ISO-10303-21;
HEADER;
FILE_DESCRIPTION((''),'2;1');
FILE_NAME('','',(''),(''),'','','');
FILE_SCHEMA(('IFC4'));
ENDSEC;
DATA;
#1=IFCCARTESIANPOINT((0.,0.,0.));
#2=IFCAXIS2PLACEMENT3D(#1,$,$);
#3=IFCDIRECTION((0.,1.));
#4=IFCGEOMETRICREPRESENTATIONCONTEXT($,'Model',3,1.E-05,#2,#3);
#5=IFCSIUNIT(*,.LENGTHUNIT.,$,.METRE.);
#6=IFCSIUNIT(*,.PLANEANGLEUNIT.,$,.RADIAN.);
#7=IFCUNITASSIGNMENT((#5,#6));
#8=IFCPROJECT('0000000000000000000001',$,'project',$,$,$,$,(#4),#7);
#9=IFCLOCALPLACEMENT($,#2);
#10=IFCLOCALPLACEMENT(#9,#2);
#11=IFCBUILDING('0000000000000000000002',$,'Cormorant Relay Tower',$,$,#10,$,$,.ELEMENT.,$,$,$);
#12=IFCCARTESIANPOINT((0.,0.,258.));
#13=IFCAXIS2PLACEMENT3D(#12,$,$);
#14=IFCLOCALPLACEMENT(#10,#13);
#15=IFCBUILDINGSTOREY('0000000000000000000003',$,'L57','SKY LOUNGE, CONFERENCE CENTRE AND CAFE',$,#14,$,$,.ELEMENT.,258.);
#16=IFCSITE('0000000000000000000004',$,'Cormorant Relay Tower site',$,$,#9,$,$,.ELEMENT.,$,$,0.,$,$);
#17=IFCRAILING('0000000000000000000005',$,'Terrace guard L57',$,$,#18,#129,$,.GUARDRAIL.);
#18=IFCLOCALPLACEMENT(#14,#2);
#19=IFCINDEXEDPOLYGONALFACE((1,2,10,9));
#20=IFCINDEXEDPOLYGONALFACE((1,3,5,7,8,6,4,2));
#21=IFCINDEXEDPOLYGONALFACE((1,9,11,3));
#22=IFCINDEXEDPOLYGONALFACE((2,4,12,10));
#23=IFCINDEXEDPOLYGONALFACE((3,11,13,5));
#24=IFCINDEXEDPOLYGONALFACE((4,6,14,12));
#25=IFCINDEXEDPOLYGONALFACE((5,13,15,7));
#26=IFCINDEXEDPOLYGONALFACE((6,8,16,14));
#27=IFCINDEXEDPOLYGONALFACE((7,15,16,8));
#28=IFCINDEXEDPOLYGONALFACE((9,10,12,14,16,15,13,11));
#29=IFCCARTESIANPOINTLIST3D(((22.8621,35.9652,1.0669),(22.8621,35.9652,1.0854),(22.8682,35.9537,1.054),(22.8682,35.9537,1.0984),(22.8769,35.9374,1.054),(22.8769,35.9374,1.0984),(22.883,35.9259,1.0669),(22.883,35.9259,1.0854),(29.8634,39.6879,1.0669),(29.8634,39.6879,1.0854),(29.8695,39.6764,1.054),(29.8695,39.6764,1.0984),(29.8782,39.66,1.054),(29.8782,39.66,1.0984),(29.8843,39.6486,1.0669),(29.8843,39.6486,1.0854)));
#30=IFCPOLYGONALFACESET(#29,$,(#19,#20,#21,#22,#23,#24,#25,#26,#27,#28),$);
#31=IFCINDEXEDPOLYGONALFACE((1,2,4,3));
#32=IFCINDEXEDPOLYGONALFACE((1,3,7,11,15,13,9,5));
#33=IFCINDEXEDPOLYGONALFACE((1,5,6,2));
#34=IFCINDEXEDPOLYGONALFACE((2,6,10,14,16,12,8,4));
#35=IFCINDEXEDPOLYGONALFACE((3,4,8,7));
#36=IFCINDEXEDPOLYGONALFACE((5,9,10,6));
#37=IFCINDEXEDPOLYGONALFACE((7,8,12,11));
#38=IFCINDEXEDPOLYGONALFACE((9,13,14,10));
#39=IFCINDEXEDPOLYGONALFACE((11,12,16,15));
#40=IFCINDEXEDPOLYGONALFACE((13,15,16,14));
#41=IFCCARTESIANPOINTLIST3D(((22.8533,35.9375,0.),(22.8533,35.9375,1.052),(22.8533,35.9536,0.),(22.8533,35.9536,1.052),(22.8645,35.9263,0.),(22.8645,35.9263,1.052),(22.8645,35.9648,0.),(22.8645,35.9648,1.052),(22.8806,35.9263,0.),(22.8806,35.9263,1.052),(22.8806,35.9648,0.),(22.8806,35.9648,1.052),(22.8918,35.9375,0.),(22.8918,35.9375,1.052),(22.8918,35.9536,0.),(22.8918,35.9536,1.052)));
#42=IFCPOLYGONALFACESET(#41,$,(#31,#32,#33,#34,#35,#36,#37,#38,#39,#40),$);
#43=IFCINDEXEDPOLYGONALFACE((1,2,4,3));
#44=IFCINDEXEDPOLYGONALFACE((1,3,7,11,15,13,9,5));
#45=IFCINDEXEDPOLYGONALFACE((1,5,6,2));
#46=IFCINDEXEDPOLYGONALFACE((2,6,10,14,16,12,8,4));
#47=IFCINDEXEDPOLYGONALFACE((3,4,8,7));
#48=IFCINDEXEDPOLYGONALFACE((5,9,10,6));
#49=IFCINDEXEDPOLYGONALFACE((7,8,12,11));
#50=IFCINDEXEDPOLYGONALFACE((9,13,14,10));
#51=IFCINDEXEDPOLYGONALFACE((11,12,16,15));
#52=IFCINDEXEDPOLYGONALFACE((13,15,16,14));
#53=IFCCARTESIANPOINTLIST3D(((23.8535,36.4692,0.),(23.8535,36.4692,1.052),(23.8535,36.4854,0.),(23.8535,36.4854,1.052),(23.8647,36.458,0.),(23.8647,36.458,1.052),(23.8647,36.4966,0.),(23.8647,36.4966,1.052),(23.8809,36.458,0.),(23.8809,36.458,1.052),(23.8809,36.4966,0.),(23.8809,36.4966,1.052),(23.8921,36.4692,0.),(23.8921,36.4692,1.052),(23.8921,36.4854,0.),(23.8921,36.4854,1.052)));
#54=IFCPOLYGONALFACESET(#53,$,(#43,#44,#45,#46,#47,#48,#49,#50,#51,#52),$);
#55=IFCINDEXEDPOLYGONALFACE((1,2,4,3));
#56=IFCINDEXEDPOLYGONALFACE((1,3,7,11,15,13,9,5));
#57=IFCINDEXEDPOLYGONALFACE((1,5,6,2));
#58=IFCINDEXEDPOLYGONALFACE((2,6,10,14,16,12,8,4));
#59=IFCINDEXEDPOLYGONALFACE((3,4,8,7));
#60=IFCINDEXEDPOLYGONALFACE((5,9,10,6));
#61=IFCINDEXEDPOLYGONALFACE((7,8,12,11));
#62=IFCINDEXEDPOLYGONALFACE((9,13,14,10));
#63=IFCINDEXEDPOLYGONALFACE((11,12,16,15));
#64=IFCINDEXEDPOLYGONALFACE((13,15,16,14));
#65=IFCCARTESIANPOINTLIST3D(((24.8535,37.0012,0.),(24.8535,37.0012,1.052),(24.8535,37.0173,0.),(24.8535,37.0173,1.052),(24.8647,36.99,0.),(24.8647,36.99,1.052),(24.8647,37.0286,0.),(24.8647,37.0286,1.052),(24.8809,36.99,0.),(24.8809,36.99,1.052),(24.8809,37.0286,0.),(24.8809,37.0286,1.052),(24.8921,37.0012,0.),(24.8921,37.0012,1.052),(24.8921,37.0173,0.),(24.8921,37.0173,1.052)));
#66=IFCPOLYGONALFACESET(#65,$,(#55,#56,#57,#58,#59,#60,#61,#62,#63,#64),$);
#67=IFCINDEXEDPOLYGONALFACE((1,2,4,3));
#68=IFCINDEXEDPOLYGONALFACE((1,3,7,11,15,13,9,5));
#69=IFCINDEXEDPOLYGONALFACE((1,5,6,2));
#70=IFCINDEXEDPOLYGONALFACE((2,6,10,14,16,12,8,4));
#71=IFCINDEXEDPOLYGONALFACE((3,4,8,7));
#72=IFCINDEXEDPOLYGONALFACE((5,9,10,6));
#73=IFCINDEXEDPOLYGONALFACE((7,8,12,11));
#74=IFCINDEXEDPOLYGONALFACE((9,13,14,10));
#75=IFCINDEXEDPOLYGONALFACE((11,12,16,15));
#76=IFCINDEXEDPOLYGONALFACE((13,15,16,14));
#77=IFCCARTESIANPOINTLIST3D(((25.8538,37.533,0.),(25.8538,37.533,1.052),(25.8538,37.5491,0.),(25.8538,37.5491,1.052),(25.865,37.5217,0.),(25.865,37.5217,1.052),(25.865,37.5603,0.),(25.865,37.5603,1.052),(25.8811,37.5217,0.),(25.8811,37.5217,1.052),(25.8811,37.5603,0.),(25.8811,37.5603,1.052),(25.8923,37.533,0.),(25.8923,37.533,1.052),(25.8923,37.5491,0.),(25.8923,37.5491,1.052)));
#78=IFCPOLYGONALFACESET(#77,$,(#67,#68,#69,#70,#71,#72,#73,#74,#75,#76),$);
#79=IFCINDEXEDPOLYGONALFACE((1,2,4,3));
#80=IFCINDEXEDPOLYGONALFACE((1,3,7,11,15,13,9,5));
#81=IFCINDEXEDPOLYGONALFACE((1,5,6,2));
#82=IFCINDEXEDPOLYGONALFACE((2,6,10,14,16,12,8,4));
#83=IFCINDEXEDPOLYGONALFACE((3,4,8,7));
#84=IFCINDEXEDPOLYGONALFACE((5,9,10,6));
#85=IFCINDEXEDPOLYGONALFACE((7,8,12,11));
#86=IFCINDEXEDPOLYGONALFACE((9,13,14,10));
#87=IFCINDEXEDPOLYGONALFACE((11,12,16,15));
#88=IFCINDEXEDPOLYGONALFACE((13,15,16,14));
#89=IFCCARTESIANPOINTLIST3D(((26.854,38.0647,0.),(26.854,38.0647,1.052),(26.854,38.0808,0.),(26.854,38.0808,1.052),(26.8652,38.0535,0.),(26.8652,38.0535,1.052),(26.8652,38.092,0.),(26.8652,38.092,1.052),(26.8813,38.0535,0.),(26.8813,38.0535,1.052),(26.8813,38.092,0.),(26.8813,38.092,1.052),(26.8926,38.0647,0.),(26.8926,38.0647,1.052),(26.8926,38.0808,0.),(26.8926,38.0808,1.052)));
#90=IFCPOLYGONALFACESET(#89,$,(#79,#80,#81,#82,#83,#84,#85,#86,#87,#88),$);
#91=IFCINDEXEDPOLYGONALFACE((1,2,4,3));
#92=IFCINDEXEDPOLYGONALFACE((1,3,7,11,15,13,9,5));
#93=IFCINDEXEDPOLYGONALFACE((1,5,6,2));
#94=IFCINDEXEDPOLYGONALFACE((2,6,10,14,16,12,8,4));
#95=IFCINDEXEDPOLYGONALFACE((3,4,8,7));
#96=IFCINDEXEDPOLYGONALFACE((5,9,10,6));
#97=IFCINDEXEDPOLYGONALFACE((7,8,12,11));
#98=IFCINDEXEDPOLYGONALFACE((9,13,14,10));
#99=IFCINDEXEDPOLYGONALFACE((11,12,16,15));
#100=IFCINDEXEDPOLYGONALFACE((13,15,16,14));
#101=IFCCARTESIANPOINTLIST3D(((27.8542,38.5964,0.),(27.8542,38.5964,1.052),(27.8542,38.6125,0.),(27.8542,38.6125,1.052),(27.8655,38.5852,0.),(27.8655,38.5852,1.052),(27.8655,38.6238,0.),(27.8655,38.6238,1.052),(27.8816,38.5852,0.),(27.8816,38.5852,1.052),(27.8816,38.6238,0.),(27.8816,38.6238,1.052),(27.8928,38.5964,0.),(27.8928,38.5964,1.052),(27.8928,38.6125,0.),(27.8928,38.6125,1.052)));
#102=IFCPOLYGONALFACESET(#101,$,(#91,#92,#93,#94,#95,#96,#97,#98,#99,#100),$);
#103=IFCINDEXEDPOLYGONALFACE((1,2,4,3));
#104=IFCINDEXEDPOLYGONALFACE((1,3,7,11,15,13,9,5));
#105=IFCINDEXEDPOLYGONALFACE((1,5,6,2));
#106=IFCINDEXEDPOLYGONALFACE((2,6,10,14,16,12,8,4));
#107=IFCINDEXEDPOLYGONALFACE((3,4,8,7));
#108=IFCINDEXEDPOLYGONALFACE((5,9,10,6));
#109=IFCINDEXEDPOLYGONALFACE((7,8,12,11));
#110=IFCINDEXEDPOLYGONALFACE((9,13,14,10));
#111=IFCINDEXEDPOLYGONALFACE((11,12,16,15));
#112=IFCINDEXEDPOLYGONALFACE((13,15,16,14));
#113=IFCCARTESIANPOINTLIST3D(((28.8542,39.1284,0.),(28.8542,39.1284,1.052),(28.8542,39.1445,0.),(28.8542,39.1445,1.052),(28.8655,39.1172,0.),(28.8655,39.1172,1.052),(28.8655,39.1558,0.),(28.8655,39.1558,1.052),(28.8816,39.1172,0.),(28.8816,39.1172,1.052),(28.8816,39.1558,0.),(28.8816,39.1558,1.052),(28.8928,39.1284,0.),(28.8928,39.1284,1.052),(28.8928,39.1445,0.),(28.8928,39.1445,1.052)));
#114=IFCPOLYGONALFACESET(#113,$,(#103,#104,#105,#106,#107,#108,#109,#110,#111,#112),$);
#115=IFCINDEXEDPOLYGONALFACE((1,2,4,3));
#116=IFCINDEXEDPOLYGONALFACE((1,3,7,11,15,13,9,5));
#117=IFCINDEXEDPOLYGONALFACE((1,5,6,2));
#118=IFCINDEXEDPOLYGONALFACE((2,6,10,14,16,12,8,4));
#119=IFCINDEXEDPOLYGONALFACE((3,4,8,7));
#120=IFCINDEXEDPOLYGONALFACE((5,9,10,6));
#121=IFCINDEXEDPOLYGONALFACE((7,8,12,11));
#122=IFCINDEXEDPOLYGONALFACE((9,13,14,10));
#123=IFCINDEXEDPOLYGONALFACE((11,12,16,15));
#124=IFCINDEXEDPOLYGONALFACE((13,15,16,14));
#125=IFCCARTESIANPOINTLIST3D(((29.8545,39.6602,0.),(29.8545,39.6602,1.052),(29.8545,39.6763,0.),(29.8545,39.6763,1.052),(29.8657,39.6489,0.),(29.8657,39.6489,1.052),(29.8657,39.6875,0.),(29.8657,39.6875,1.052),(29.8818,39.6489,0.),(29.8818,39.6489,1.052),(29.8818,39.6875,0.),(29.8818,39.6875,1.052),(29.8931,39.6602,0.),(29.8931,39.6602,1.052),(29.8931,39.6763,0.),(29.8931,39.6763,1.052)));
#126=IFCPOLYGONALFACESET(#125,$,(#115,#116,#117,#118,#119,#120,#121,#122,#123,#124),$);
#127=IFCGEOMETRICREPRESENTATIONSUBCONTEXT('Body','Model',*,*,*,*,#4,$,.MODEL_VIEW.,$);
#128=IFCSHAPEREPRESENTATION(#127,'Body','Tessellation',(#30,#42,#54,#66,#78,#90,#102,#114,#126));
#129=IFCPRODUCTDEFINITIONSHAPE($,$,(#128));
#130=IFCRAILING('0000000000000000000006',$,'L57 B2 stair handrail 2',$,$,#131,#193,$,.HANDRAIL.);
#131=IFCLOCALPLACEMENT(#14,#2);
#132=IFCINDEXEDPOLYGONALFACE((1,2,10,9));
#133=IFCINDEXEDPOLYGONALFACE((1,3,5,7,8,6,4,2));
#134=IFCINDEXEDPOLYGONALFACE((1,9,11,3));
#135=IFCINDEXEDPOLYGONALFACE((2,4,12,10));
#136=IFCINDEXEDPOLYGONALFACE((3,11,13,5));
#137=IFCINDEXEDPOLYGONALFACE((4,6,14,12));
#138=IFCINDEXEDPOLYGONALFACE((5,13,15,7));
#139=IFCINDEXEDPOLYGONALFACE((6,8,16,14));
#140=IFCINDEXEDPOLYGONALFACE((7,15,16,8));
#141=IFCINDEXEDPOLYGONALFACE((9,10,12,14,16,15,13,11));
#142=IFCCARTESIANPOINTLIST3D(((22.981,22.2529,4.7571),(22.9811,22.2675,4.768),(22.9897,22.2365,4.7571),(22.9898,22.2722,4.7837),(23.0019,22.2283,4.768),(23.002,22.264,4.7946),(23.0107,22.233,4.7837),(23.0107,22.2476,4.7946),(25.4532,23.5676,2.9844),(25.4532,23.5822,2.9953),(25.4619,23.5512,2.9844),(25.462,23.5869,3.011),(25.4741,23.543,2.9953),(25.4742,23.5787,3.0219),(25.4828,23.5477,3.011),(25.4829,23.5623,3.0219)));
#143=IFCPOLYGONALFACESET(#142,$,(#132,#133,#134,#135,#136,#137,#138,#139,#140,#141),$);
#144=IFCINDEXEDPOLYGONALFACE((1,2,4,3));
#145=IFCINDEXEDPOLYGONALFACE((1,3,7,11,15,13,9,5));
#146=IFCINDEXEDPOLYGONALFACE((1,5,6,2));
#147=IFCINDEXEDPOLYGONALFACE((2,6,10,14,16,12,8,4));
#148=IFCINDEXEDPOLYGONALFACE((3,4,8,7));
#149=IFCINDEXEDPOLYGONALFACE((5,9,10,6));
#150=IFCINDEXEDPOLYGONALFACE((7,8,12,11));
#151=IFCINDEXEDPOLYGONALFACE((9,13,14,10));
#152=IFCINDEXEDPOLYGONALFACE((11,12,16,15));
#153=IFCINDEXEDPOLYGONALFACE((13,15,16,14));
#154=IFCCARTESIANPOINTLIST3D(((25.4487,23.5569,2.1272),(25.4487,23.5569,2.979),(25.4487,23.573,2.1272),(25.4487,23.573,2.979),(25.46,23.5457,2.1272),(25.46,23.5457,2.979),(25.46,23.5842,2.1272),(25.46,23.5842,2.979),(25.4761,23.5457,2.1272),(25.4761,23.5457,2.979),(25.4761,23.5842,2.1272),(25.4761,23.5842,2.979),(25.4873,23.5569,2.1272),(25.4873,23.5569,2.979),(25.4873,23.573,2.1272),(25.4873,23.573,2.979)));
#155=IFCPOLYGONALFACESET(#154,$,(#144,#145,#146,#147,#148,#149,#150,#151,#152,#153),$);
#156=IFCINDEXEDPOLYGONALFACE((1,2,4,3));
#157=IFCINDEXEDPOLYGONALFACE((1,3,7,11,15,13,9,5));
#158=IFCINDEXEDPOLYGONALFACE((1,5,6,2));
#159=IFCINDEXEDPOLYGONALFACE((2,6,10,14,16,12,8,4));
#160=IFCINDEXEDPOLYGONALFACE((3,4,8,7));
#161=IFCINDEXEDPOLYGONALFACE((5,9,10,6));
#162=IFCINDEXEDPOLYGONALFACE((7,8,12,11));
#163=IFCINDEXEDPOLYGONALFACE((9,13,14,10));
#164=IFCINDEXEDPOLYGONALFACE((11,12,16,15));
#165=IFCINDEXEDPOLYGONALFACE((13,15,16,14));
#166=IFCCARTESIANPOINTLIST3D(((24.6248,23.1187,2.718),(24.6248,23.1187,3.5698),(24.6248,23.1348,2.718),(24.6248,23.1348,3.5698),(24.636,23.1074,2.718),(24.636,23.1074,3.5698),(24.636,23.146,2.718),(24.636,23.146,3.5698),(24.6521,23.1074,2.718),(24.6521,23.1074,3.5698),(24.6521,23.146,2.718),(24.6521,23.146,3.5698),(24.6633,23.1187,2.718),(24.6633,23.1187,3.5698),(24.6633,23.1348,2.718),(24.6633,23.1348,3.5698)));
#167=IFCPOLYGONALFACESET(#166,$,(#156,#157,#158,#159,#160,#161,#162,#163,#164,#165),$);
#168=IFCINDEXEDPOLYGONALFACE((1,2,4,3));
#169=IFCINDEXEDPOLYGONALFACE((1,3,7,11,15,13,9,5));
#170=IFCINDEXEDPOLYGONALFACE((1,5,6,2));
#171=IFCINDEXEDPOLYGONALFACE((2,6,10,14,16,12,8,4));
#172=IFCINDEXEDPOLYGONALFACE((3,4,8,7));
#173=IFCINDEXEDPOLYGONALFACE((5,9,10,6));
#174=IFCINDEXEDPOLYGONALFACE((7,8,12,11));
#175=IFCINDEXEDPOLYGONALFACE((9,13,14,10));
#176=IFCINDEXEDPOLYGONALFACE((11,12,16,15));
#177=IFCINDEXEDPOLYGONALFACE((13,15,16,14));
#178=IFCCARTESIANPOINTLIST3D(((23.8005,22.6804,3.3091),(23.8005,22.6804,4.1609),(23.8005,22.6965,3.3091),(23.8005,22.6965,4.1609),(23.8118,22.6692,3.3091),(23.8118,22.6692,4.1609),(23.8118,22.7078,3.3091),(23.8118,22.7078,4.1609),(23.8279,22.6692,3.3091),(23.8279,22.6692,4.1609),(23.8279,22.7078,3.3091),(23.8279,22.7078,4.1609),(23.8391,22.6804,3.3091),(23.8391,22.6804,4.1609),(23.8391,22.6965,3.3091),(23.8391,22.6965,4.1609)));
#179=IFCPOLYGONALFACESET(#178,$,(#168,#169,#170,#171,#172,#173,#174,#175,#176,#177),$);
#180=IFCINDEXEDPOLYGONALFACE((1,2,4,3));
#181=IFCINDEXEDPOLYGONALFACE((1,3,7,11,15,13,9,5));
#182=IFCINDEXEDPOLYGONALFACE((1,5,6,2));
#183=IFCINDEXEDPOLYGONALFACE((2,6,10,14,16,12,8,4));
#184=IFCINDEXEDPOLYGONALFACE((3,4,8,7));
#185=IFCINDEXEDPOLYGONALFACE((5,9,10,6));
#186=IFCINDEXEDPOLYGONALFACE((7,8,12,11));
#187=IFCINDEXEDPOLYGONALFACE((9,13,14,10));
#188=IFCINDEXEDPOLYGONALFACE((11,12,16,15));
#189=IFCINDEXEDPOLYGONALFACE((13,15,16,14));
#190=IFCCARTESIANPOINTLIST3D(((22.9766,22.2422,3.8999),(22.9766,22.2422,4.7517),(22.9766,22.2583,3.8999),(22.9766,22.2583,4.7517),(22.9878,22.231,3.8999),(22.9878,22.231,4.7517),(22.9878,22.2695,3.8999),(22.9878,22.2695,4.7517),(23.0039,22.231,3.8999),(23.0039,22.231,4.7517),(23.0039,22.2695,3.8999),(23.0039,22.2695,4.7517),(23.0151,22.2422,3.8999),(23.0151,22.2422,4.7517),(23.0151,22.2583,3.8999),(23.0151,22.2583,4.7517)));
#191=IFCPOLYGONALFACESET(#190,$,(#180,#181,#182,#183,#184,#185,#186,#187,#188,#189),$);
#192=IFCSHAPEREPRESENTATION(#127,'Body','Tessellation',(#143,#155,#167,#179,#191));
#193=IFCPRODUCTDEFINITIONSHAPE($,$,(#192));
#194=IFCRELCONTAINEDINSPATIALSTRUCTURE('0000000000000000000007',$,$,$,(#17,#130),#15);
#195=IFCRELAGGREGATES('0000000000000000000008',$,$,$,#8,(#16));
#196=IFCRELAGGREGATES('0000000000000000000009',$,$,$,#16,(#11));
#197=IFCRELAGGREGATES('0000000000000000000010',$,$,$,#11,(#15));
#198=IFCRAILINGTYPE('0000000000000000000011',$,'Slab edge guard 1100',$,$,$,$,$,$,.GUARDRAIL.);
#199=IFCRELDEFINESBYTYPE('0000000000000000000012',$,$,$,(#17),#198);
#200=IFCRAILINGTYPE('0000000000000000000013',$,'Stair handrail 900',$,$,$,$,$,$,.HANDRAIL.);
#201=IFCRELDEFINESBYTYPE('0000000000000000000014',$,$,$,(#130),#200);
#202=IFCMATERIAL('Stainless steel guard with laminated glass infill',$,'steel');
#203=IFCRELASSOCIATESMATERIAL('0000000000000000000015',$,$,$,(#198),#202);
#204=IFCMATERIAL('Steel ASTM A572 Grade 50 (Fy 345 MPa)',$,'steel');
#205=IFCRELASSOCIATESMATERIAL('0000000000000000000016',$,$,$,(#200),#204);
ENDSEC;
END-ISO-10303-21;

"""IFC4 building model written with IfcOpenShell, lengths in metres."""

from ifc_helpers import new_model, si_unit, direction, frame, origin, place, context, subcontext, project, spatial, polyline, outline, extrude, material, type_object, element, save


model = new_model("IFC4")

# Units and contexts
model_context = context("Model", 3, precision=1e-05, world=origin(), true_north=direction((0.0, 1.0)))
body_context = subcontext(model_context, "Body", "Model", "MODEL_VIEW")
ifc_project = project(units=[si_unit("LENGTHUNIT", "METRE"), si_unit("PLANEANGLEUNIT", "RADIAN")], contexts=[model_context])

# Site, building, storey
site_placement = place(None, origin())
site = spatial("IfcSite", under=ifc_project, at=site_placement, Name="Cormorant Relay Tower site", CompositionType="ELEMENT", RefElevation=0.0)
building_placement = place(site_placement, origin())
building = spatial("IfcBuilding", under=site, at=building_placement, Name="Cormorant Relay Tower", CompositionType="ELEMENT")
storey_placement = place(building_placement, frame((0.0, 0.0, 258.0)))
storey = spatial("IfcBuildingStorey", under=building, at=storey_placement, Name="L57", Description="SKY LOUNGE, CONFERENCE CENTRE AND CAFE", CompositionType="ELEMENT", Elevation=258.0)

# Railings
ifc_material_1 = material(Name="Stainless steel guard with laminated glass infill", Category="steel")
railing_type_1 = type_object("IfcRailingType", Name="Slab edge guard 1100", PredefinedType="GUARDRAIL", material=ifc_material_1)
railing_1_placement = place(storey_placement, frame((22.8726, 35.9456, 0.0)))
element("IfcRailing", 1, at=railing_1_placement, inside=storey, type_object=railing_type_1, Name="Terrace guard L57", PredefinedType="GUARDRAIL", context=body_context, shape_type="SweptSolid", body=[
    extrude(outline(polyline([(0.0222, 0.0093), (0.0093, 0.0222), (-0.0093, 0.0222), (-0.0222, 0.0093), (-0.0222, -0.0093), (-0.0093, -0.0222), (0.0093, -0.0222), (0.0222, -0.0093), (0.0222, 0.0093)])), frame((0.0, 0.0, 1.0762), z_axis=(0.882945, 0.469476, 0.0), x_axis=(-0.469476, 0.882945, 0.0)), (0.0, 0.0, 1.0), 7.9294),
    extrude(outline(polyline([(0.0193, 0.0081), (0.0081, 0.0193), (-0.0081, 0.0193), (-0.0193, 0.0081), (-0.0193, -0.0081), (-0.0081, -0.0193), (0.0081, -0.0193), (0.0193, -0.0081), (0.0193, 0.0081)])), origin(), (0.0, 0.0, 1.0), 1.052),
    extrude(outline(polyline([(0.0193, 0.0081), (0.0081, 0.0193), (-0.0081, 0.0193), (-0.0193, 0.0081), (-0.0193, -0.0081), (-0.0081, -0.0193), (0.0081, -0.0193), (0.0193, -0.0081), (0.0193, 0.0081)])), frame((1.0002, 0.5317, 0.0)), (0.0, 0.0, 1.0), 1.052),
    extrude(outline(polyline([(0.0193, 0.0081), (0.0081, 0.0193), (-0.0081, 0.0193), (-0.0193, 0.0081), (-0.0193, -0.0081), (-0.0081, -0.0193), (0.0081, -0.0193), (0.0193, -0.0081), (0.0193, 0.0081)])), frame((2.0002, 1.0637, 0.0)), (0.0, 0.0, 1.0), 1.052),
    extrude(outline(polyline([(0.0193, 0.0081), (0.0081, 0.0193), (-0.0081, 0.0193), (-0.0193, 0.0081), (-0.0193, -0.0081), (-0.0081, -0.0193), (0.0081, -0.0193), (0.0193, -0.0081), (0.0193, 0.0081)])), frame((3.0005, 1.5955, 0.0)), (0.0, 0.0, 1.0), 1.052),
    extrude(outline(polyline([(0.0193, 0.0081), (0.0081, 0.0193), (-0.0081, 0.0193), (-0.0193, 0.0081), (-0.0193, -0.0081), (-0.0081, -0.0193), (0.0081, -0.0193), (0.0193, -0.0081), (0.0193, 0.0081)])), frame((4.0007, 2.1272, 0.0)), (0.0, 0.0, 1.0), 1.052),
    extrude(outline(polyline([(0.0193, 0.0081), (0.0081, 0.0193), (-0.0081, 0.0193), (-0.0193, 0.0081), (-0.0193, -0.0081), (-0.0081, -0.0193), (0.0081, -0.0193), (0.0193, -0.0081), (0.0193, 0.0081)])), frame((5.001, 2.6589, 0.0)), (0.0, 0.0, 1.0), 1.052),
    extrude(outline(polyline([(0.0193, 0.0081), (0.0081, 0.0193), (-0.0081, 0.0193), (-0.0193, 0.0081), (-0.0193, -0.0081), (-0.0081, -0.0193), (0.0081, -0.0193), (0.0193, -0.0081), (0.0193, 0.0081)])), frame((6.001, 3.1909, 0.0)), (0.0, 0.0, 1.0), 1.052),
    extrude(outline(polyline([(0.0193, 0.0081), (0.0081, 0.0193), (-0.0081, 0.0193), (-0.0193, 0.0081), (-0.0193, -0.0081), (-0.0081, -0.0193), (0.0081, -0.0193), (0.0193, -0.0081), (0.0193, 0.0081)])), frame((7.0012, 3.7227, 0.0)), (0.0, 0.0, 1.0), 1.052),
])
ifc_material_2 = material(Name="Steel ASTM A572 Grade 50 (Fy 345 MPa)", Category="steel")
railing_type_2 = type_object("IfcRailingType", Name="Stair handrail 900", PredefinedType="HANDRAIL", material=ifc_material_2)
railing_2_placement = place(storey_placement, frame((25.468, 23.5649, 2.1272)))
element("IfcRailing", 2, at=railing_2_placement, inside=storey, type_object=railing_type_2, Name="L57 B2 stair handrail 2", PredefinedType="HANDRAIL", context=body_context, shape_type="SweptSolid", body=[
    extrude(outline(polyline([(0.0222, 0.0093), (0.0093, 0.0222), (-0.0093, 0.0222), (-0.0222, 0.0093), (-0.0222, -0.0093), (-0.0093, -0.0222), (0.0093, -0.0222), (0.0222, -0.0093), (0.0222, 0.0093)])), frame((0.0, 0.0, 0.876), z_axis=(-0.745979, -0.396711, 0.534916), x_axis=(0.469533, -0.882915, 0.0)), (0.0, 0.0, 1.0), 3.314),
    extrude(outline(polyline([(0.0193, 0.0081), (0.0081, 0.0193), (-0.0081, 0.0193), (-0.0193, 0.0081), (-0.0193, -0.0081), (-0.0081, -0.0193), (0.0081, -0.0193), (0.0193, -0.0081), (0.0193, 0.0081)])), origin(), (0.0, 0.0, 1.0), 0.8518),
    extrude(outline(polyline([(0.0193, 0.0081), (0.0081, 0.0193), (-0.0081, 0.0193), (-0.0193, 0.0081), (-0.0193, -0.0081), (-0.0081, -0.0193), (0.0081, -0.0193), (0.0193, -0.0081), (0.0193, 0.0081)])), frame((-0.824, -0.4382, 0.5908)), (0.0, 0.0, 1.0), 0.8518),
    extrude(outline(polyline([(0.0193, 0.0081), (0.0081, 0.0193), (-0.0081, 0.0193), (-0.0193, 0.0081), (-0.0193, -0.0081), (-0.0081, -0.0193), (0.0081, -0.0193), (0.0193, -0.0081), (0.0193, 0.0081)])), frame((-1.6482, -0.8765, 1.1819)), (0.0, 0.0, 1.0), 0.8518),
    extrude(outline(polyline([(0.0193, 0.0081), (0.0081, 0.0193), (-0.0081, 0.0193), (-0.0193, 0.0081), (-0.0193, -0.0081), (-0.0081, -0.0193), (0.0081, -0.0193), (0.0193, -0.0081), (0.0193, 0.0081)])), frame((-2.4722, -1.3147, 1.7727)), (0.0, 0.0, 1.0), 0.8518),
])

save(model, "model.ifc")
